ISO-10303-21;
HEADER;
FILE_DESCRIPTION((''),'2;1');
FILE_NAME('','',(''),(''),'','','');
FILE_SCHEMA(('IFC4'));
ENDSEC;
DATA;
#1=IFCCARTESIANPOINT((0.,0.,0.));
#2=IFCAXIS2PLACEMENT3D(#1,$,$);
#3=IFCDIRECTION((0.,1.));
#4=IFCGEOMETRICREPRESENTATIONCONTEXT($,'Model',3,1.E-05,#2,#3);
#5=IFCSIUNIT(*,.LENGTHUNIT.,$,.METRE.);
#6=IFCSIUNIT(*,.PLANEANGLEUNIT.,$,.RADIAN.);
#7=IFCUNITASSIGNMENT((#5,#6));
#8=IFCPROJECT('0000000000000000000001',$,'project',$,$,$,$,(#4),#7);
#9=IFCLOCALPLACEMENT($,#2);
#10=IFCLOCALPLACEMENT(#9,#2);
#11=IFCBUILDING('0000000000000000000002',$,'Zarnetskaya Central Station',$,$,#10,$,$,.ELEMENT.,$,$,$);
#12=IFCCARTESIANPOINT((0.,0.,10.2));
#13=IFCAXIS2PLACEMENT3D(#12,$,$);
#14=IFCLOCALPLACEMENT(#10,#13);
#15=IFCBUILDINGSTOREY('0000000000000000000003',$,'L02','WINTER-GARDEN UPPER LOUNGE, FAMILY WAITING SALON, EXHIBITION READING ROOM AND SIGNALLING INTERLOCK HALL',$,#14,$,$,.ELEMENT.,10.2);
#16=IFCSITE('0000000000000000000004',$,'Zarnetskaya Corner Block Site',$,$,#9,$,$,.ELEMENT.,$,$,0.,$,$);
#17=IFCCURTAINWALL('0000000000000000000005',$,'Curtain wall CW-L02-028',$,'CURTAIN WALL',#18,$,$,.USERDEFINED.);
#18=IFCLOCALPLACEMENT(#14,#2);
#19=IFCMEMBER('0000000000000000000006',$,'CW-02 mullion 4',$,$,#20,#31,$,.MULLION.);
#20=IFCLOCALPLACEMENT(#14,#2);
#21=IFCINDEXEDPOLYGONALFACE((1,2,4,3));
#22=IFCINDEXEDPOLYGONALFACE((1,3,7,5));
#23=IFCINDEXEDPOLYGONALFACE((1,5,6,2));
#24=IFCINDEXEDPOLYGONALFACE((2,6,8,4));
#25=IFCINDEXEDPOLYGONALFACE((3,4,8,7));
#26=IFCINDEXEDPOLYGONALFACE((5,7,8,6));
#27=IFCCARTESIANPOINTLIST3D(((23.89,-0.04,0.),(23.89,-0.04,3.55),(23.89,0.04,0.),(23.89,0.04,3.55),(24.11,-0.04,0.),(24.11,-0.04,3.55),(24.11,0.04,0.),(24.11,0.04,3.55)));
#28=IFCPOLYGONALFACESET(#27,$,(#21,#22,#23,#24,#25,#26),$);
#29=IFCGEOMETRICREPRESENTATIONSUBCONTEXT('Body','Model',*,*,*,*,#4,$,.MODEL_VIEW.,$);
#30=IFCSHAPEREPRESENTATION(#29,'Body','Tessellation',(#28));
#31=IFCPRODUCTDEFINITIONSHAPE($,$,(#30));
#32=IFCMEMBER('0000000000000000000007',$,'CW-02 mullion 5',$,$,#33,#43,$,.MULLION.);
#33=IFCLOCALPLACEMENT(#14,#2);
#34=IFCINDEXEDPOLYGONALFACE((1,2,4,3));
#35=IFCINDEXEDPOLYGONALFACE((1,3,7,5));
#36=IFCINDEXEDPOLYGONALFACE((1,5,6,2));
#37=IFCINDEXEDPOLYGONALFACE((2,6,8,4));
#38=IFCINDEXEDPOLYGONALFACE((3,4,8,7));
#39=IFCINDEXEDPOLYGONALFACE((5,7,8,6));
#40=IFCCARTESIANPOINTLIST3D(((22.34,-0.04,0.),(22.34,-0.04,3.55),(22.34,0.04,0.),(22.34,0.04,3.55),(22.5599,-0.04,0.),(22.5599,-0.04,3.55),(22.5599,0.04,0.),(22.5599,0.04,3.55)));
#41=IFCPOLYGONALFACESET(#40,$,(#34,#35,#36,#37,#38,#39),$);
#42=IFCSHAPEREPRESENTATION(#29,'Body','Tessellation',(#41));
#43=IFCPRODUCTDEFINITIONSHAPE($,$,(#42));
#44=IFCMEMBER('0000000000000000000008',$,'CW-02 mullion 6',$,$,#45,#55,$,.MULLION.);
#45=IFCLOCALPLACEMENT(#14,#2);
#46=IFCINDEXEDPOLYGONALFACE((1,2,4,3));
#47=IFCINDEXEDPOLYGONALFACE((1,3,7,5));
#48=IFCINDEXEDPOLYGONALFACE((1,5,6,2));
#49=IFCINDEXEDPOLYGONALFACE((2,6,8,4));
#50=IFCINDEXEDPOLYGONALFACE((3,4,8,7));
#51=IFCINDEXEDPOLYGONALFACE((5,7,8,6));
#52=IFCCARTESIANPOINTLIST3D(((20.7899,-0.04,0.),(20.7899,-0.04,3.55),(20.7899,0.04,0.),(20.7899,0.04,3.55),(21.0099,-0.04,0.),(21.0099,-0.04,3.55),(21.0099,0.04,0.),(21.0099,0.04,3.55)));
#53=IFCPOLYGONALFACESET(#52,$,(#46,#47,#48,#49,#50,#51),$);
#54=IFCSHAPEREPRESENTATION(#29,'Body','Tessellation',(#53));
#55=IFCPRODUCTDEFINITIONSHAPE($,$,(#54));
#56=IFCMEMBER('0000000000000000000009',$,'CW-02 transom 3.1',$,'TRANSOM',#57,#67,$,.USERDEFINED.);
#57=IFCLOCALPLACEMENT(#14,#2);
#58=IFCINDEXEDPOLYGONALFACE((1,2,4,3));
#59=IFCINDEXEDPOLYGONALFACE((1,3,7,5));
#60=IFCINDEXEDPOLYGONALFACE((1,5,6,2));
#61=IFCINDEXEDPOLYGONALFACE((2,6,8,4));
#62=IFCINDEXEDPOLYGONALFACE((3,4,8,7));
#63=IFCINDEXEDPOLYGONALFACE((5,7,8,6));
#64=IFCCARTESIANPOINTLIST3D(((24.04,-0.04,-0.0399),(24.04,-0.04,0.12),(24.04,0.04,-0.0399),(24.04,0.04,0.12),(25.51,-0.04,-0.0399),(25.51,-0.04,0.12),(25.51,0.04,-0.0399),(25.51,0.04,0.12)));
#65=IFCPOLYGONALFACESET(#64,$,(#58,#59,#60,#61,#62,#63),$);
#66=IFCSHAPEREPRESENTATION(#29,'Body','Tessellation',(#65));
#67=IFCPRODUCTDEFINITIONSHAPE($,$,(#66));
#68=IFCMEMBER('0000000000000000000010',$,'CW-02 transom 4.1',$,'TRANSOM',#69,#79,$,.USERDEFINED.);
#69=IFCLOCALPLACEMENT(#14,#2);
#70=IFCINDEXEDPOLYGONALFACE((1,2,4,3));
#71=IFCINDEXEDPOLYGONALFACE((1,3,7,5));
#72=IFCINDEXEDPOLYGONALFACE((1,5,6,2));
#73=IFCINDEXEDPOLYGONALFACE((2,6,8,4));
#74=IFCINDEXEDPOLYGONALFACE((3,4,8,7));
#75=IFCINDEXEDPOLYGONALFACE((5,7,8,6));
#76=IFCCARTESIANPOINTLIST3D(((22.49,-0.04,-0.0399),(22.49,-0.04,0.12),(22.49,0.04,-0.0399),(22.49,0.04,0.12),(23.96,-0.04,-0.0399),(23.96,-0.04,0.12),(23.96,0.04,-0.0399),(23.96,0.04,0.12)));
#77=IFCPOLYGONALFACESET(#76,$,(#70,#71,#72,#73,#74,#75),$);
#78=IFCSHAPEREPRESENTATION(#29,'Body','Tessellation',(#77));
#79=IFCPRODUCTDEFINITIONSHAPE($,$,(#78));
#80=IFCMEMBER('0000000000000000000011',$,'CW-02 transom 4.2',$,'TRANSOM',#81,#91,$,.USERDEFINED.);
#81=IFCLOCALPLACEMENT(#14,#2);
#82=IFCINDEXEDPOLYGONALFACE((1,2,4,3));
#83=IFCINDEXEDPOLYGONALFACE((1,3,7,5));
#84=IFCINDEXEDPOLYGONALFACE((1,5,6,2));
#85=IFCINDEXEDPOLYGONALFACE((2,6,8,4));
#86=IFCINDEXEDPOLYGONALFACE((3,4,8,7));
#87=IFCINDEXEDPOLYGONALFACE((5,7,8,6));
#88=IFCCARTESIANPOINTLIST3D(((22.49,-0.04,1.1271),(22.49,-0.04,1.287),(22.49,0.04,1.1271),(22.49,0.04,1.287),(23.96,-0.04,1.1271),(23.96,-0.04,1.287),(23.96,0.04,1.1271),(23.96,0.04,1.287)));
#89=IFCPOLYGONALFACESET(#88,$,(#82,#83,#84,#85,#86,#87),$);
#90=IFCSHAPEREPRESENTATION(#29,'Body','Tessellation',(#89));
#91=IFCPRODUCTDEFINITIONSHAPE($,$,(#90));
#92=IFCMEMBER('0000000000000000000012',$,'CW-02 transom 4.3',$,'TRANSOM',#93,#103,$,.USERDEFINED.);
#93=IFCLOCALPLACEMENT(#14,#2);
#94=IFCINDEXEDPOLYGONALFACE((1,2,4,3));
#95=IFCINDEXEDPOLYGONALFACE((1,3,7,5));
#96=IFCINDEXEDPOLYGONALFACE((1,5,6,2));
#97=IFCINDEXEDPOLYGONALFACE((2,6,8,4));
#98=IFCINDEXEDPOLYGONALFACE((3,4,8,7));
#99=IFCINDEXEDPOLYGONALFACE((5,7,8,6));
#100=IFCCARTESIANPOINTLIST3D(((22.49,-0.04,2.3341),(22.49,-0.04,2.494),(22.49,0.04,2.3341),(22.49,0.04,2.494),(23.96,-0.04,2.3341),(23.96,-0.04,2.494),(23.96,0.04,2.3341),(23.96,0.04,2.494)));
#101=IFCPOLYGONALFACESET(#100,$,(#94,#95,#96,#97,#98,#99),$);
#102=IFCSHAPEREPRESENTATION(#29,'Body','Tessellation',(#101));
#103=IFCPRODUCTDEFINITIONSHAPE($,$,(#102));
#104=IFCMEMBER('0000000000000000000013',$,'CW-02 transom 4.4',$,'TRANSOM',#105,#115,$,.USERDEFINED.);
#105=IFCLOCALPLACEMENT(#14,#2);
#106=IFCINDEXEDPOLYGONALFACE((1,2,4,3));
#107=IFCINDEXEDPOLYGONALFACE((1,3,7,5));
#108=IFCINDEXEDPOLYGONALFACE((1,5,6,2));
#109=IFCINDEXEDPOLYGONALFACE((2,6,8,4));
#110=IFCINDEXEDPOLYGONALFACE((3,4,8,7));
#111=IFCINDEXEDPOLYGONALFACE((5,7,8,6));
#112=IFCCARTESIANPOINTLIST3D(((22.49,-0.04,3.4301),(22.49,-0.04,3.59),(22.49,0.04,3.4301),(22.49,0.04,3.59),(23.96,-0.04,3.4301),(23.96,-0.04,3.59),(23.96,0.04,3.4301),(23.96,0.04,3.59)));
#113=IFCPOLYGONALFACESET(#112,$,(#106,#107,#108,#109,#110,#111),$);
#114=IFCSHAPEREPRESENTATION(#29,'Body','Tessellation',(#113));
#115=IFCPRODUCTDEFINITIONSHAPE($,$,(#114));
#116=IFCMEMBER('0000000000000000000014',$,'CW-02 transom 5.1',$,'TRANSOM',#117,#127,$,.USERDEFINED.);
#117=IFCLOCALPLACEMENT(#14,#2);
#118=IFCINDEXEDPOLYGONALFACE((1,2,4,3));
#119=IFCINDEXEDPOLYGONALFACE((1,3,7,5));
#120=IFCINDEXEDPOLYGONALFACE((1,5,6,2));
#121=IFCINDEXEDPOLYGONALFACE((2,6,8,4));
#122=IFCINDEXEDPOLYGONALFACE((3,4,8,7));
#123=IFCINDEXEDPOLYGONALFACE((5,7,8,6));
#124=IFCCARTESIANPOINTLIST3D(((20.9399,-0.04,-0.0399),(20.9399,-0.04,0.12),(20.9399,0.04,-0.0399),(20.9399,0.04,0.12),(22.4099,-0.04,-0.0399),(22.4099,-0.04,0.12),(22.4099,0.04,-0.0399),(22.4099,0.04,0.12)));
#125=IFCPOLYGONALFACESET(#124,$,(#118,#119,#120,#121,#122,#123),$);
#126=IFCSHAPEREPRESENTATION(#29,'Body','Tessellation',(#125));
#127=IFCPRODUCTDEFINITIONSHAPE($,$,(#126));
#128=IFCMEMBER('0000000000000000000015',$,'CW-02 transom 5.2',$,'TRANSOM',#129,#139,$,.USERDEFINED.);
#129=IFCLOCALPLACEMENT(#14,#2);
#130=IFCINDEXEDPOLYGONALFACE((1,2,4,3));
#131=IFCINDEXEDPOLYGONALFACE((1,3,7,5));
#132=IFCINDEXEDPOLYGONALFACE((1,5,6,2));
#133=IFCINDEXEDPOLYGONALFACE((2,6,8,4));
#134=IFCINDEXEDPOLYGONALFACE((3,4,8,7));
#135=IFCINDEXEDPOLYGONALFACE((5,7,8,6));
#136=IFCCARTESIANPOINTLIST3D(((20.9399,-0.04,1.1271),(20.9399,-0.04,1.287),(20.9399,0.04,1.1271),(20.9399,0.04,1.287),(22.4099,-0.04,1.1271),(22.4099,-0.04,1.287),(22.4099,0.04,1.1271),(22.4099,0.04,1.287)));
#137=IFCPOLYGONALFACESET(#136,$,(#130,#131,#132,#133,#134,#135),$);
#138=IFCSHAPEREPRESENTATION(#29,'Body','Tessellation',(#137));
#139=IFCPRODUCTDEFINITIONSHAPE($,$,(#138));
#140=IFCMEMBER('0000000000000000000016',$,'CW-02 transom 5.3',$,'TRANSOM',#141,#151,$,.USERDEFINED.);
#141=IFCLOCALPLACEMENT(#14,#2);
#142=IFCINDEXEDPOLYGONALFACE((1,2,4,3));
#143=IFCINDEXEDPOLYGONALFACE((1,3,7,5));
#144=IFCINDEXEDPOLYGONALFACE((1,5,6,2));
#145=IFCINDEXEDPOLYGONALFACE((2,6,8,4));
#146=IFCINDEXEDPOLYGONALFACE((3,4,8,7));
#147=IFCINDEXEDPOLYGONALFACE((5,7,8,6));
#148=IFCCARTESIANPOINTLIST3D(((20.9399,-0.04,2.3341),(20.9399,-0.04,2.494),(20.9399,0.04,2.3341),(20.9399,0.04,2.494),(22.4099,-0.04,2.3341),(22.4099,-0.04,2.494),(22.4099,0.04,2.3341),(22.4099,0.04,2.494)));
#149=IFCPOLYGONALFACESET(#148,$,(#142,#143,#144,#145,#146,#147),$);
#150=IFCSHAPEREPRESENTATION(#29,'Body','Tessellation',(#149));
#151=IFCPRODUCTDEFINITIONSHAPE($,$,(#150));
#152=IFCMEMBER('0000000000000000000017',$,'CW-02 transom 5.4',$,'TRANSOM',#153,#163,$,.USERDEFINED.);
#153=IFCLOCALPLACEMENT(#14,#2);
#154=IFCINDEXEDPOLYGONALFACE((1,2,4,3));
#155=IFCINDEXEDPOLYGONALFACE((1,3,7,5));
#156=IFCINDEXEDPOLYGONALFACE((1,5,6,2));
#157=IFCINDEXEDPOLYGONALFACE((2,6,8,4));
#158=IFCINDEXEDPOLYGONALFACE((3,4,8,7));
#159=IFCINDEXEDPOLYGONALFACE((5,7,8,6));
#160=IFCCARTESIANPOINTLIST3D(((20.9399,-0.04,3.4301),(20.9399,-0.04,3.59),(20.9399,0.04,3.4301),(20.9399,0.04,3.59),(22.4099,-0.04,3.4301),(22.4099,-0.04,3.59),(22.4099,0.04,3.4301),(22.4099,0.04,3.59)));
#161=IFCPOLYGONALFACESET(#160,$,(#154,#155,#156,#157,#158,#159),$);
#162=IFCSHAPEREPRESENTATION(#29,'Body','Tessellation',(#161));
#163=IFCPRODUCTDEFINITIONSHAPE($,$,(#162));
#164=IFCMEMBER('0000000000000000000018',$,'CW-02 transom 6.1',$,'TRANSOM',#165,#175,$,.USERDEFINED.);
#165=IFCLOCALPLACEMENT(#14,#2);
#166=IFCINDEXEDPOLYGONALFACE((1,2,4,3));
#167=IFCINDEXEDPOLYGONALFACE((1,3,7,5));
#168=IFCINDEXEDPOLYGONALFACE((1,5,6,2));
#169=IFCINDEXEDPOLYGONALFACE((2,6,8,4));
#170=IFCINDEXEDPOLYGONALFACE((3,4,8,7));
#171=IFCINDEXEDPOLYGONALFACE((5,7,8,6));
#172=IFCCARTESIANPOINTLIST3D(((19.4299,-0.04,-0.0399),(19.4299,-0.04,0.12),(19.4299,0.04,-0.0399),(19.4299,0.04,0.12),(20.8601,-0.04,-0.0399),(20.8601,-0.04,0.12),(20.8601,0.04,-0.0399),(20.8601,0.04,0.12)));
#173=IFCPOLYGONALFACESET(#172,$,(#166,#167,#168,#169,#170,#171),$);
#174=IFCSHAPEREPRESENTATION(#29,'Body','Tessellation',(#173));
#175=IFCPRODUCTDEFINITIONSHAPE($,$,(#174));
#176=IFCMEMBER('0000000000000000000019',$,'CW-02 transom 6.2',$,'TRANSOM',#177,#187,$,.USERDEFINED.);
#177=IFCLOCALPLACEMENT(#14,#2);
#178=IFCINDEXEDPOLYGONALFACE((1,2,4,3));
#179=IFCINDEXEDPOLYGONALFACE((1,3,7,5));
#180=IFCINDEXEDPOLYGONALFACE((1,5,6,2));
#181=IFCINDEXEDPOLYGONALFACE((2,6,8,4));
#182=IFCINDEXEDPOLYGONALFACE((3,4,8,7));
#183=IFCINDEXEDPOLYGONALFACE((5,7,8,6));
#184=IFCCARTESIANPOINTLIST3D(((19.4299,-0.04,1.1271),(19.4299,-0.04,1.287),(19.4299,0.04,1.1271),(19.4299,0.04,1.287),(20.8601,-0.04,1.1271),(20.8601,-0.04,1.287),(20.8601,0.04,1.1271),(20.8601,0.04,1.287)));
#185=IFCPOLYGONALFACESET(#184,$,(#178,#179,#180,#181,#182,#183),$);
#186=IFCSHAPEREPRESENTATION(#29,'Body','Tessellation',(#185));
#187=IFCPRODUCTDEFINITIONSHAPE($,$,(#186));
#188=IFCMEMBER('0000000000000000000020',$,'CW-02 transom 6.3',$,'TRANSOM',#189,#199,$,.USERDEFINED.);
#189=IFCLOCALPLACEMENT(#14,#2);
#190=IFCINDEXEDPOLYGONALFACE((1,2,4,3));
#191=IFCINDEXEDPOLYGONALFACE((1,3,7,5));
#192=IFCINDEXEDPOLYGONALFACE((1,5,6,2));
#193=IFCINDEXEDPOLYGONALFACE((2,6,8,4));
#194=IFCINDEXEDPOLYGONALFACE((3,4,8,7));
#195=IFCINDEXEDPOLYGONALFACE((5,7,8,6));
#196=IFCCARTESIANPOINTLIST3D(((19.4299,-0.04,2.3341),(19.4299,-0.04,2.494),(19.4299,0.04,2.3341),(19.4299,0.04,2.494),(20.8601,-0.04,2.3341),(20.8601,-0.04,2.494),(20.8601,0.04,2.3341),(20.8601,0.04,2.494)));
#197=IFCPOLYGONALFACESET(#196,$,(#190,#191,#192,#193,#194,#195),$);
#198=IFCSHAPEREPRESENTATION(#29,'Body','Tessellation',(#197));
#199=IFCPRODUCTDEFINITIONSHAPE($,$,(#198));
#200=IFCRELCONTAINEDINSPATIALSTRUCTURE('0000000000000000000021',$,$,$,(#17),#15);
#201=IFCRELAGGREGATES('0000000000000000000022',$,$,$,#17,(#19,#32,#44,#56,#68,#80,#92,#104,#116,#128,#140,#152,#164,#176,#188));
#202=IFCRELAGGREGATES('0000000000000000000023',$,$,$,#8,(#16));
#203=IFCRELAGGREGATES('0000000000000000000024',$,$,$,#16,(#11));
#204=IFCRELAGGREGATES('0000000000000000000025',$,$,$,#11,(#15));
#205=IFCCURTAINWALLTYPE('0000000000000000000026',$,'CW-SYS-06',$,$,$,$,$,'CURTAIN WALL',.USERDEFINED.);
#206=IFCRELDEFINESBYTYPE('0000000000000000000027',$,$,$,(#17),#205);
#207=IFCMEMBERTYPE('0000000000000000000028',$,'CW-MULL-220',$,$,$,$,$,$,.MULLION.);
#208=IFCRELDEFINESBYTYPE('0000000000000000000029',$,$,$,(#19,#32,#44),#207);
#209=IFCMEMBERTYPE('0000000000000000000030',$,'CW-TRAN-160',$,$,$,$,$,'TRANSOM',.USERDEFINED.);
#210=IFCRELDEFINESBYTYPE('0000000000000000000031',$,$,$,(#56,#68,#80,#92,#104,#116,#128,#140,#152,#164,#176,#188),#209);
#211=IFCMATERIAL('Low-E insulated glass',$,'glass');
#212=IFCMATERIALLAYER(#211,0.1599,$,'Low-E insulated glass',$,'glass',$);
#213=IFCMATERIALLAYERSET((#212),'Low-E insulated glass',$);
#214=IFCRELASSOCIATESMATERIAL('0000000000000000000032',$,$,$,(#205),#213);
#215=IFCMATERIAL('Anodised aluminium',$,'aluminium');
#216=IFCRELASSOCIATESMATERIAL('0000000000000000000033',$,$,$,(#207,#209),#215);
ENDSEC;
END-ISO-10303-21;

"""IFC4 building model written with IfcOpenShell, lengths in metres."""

from ifc_helpers import new_model, si_unit, direction, frame, origin, origin_2d, place, context, subcontext, project, spatial, rectangle, extrude, material, layer, layer_set, material_profile, profile_set, type_object, element, aggregate, save


model = new_model("IFC4")

# Units and contexts
model_context = context("Model", 3, precision=1e-05, world=origin(), true_north=direction((0.0, 1.0)))
body_context = subcontext(model_context, "Body", "Model", "MODEL_VIEW")
ifc_project = project(units=[si_unit("LENGTHUNIT", "METRE"), si_unit("PLANEANGLEUNIT", "RADIAN")], contexts=[model_context])

# Site, building, storey
site_placement = place(None, origin())
site = spatial("IfcSite", under=ifc_project, at=site_placement, Name="Zarnetskaya Corner Block Site", CompositionType="ELEMENT", RefElevation=0.0)
building_placement = place(site_placement, origin())
building = spatial("IfcBuilding", under=site, at=building_placement, Name="Zarnetskaya Central Station", CompositionType="ELEMENT")
storey_placement = place(building_placement, frame((0.0, 0.0, 10.2)))
storey = spatial("IfcBuildingStorey", under=building, at=storey_placement, Name="L02", Description="WINTER-GARDEN UPPER LOUNGE, FAMILY WAITING SALON, EXHIBITION READING ROOM AND SIGNALLING INTERLOCK HALL", CompositionType="ELEMENT", Elevation=10.2)

# Curtain wall, members
ifc_material_1 = material(Name="Low-E insulated glass", Category="glass")
ifc_layer_1 = layer(ifc_material_1, 0.1599, Name="Low-E insulated glass", Category="glass")
ifc_layer_set_1 = layer_set([ifc_layer_1], Name="Low-E insulated glass")
curtain_wall_type = type_object("IfcCurtainWallType", Name="CW-SYS-06", ElementType="CURTAIN WALL", PredefinedType="USERDEFINED", material=ifc_layer_set_1)
curtain_wall_placement = place(storey_placement, origin())
curtain_wall = element("IfcCurtainWall", 1, at=curtain_wall_placement, inside=storey, type_object=curtain_wall_type, Name="Curtain wall CW-L02-028", ObjectType="CURTAIN WALL", PredefinedType="USERDEFINED")
ifc_material_2 = material(Name="Anodised aluminium", Category="aluminium")
ifc_material_profile_1 = material_profile(ifc_material_2, rectangle(XDim=0.0801, YDim=0.22, at=origin_2d()), Name="ALU MULL 80x220")
ifc_profile_set_1 = profile_set([ifc_material_profile_1], Name="Anodised aluminium")
member_type_1 = type_object("IfcMemberType", Name="CW-MULL-220", PredefinedType="MULLION", material=ifc_profile_set_1)
member_1_placement = place(storey_placement, frame((24.0, 0.0, 0.0), z_axis=(0.0, 0.0, 1.0), x_axis=(0.0, -1.0, 0.0)))
member_1 = element("IfcMember", 2, at=member_1_placement, type_object=member_type_1, Name="CW-02 mullion 4", PredefinedType="MULLION", context=body_context, shape_type="SweptSolid", body=[
    extrude(rectangle(XDim=0.0801, YDim=0.22, at=origin_2d()), origin(), (0.0, 0.0, 1.0), 3.55),
])
member_2_placement = place(storey_placement, frame((22.45, 0.0, 0.0), z_axis=(0.0, 0.0, 1.0), x_axis=(0.0, -1.0, 0.0)))
member_2 = element("IfcMember", 3, at=member_2_placement, type_object=member_type_1, Name="CW-02 mullion 5", PredefinedType="MULLION", context=body_context, shape_type="SweptSolid", body=[
    extrude(rectangle(XDim=0.0801, YDim=0.22, at=origin_2d()), origin(), (0.0, 0.0, 1.0), 3.55),
])
member_3_placement = place(storey_placement, frame((20.8999, 0.0, 0.0), z_axis=(0.0, 0.0, 1.0), x_axis=(0.0, -1.0, 0.0)))
member_3 = element("IfcMember", 4, at=member_3_placement, type_object=member_type_1, Name="CW-02 mullion 6", PredefinedType="MULLION", context=body_context, shape_type="SweptSolid", body=[
    extrude(rectangle(XDim=0.0801, YDim=0.22, at=origin_2d()), origin(), (0.0, 0.0, 1.0), 3.55),
])
ifc_material_profile_2 = material_profile(ifc_material_2, rectangle(XDim=0.0801, YDim=0.1599, at=origin_2d()), Name="ALU TRAN 80x160")
ifc_profile_set_2 = profile_set([ifc_material_profile_2], Name="Anodised aluminium")
member_type_2 = type_object("IfcMemberType", Name="CW-TRAN-160", ElementType="TRANSOM", PredefinedType="USERDEFINED", material=ifc_profile_set_2)
member_4_placement = place(storey_placement, frame((25.51, 0.0, 0.04), z_axis=(-1.0, 0.0, 0.0), x_axis=(0.0, -1.0, 0.0)))
member_4 = element("IfcMember", 5, at=member_4_placement, type_object=member_type_2, Name="CW-02 transom 3.1", ObjectType="TRANSOM", PredefinedType="USERDEFINED", context=body_context, shape_type="SweptSolid", body=[
    extrude(rectangle(XDim=0.0801, YDim=0.1599, at=origin_2d()), origin(), (0.0, 0.0, 1.0), 1.47),
])
member_5_placement = place(storey_placement, frame((23.96, 0.0, 0.04), z_axis=(-1.0, 0.0, 0.0), x_axis=(0.0, -1.0, 0.0)))
member_5 = element("IfcMember", 6, at=member_5_placement, type_object=member_type_2, Name="CW-02 transom 4.1", ObjectType="TRANSOM", PredefinedType="USERDEFINED", context=body_context, shape_type="SweptSolid", body=[
    extrude(rectangle(XDim=0.0801, YDim=0.1599, at=origin_2d()), origin(), (0.0, 0.0, 1.0), 1.47),
])
member_6_placement = place(storey_placement, frame((23.96, 0.0, 1.207), z_axis=(-1.0, 0.0, 0.0), x_axis=(0.0, -1.0, 0.0)))
member_6 = element("IfcMember", 7, at=member_6_placement, type_object=member_type_2, Name="CW-02 transom 4.2", ObjectType="TRANSOM", PredefinedType="USERDEFINED", context=body_context, shape_type="SweptSolid", body=[
    extrude(rectangle(XDim=0.0801, YDim=0.1599, at=origin_2d()), origin(), (0.0, 0.0, 1.0), 1.47),
])
member_7_placement = place(storey_placement, frame((23.96, 0.0, 2.4141), z_axis=(-1.0, 0.0, 0.0), x_axis=(0.0, -1.0, 0.0)))
member_7 = element("IfcMember", 8, at=member_7_placement, type_object=member_type_2, Name="CW-02 transom 4.3", ObjectType="TRANSOM", PredefinedType="USERDEFINED", context=body_context, shape_type="SweptSolid", body=[
    extrude(rectangle(XDim=0.0801, YDim=0.1599, at=origin_2d()), origin(), (0.0, 0.0, 1.0), 1.47),
])
member_8_placement = place(storey_placement, frame((23.96, 0.0, 3.51), z_axis=(-1.0, 0.0, 0.0), x_axis=(0.0, -1.0, 0.0)))
member_8 = element("IfcMember", 9, at=member_8_placement, type_object=member_type_2, Name="CW-02 transom 4.4", ObjectType="TRANSOM", PredefinedType="USERDEFINED", context=body_context, shape_type="SweptSolid", body=[
    extrude(rectangle(XDim=0.0801, YDim=0.1599, at=origin_2d()), origin(), (0.0, 0.0, 1.0), 1.47),
])
member_9_placement = place(storey_placement, frame((22.4099, 0.0, 0.04), z_axis=(-1.0, 0.0, 0.0), x_axis=(0.0, -1.0, 0.0)))
member_9 = element("IfcMember", 10, at=member_9_placement, type_object=member_type_2, Name="CW-02 transom 5.1", ObjectType="TRANSOM", PredefinedType="USERDEFINED", context=body_context, shape_type="SweptSolid", body=[
    extrude(rectangle(XDim=0.0801, YDim=0.1599, at=origin_2d()), origin(), (0.0, 0.0, 1.0), 1.47),
])
member_10_placement = place(storey_placement, frame((22.4099, 0.0, 1.207), z_axis=(-1.0, 0.0, 0.0), x_axis=(0.0, -1.0, 0.0)))
member_10 = element("IfcMember", 11, at=member_10_placement, type_object=member_type_2, Name="CW-02 transom 5.2", ObjectType="TRANSOM", PredefinedType="USERDEFINED", context=body_context, shape_type="SweptSolid", body=[
    extrude(rectangle(XDim=0.0801, YDim=0.1599, at=origin_2d()), origin(), (0.0, 0.0, 1.0), 1.47),
])
member_11_placement = place(storey_placement, frame((22.4099, 0.0, 2.4141), z_axis=(-1.0, 0.0, 0.0), x_axis=(0.0, -1.0, 0.0)))
member_11 = element("IfcMember", 12, at=member_11_placement, type_object=member_type_2, Name="CW-02 transom 5.3", ObjectType="TRANSOM", PredefinedType="USERDEFINED", context=body_context, shape_type="SweptSolid", body=[
    extrude(rectangle(XDim=0.0801, YDim=0.1599, at=origin_2d()), origin(), (0.0, 0.0, 1.0), 1.47),
])
member_12_placement = place(storey_placement, frame((22.4099, 0.0, 3.51), z_axis=(-1.0, 0.0, 0.0), x_axis=(0.0, -1.0, 0.0)))
member_12 = element("IfcMember", 13, at=member_12_placement, type_object=member_type_2, Name="CW-02 transom 5.4", ObjectType="TRANSOM", PredefinedType="USERDEFINED", context=body_context, shape_type="SweptSolid", body=[
    extrude(rectangle(XDim=0.0801, YDim=0.1599, at=origin_2d()), origin(), (0.0, 0.0, 1.0), 1.47),
])
member_13_placement = place(storey_placement, frame((20.8601, 0.0, 0.04), z_axis=(-1.0, 0.0, 0.0), x_axis=(0.0, -1.0, 0.0)))
member_13 = element("IfcMember", 14, at=member_13_placement, type_object=member_type_2, Name="CW-02 transom 6.1", ObjectType="TRANSOM", PredefinedType="USERDEFINED", context=body_context, shape_type="SweptSolid", body=[
    extrude(rectangle(XDim=0.0801, YDim=0.1599, at=origin_2d()), origin(), (0.0, 0.0, 1.0), 1.4302),
])
member_14_placement = place(storey_placement, frame((20.8601, 0.0, 1.207), z_axis=(-1.0, 0.0, 0.0), x_axis=(0.0, -1.0, 0.0)))
member_14 = element("IfcMember", 15, at=member_14_placement, type_object=member_type_2, Name="CW-02 transom 6.2", ObjectType="TRANSOM", PredefinedType="USERDEFINED", context=body_context, shape_type="SweptSolid", body=[
    extrude(rectangle(XDim=0.0801, YDim=0.1599, at=origin_2d()), origin(), (0.0, 0.0, 1.0), 1.4302),
])
member_15_placement = place(storey_placement, frame((20.8601, 0.0, 2.4141), z_axis=(-1.0, 0.0, 0.0), x_axis=(0.0, -1.0, 0.0)))
member_15 = element("IfcMember", 16, at=member_15_placement, type_object=member_type_2, Name="CW-02 transom 6.3", ObjectType="TRANSOM", PredefinedType="USERDEFINED", context=body_context, shape_type="SweptSolid", body=[
    extrude(rectangle(XDim=0.0801, YDim=0.1599, at=origin_2d()), origin(), (0.0, 0.0, 1.0), 1.4302),
])
aggregate(curtain_wall, [member_1, member_2, member_3, member_4, member_5, member_6, member_7, member_8, member_9, member_10, member_11, member_12, member_13, member_14, member_15])

save(model, "model.ifc")
